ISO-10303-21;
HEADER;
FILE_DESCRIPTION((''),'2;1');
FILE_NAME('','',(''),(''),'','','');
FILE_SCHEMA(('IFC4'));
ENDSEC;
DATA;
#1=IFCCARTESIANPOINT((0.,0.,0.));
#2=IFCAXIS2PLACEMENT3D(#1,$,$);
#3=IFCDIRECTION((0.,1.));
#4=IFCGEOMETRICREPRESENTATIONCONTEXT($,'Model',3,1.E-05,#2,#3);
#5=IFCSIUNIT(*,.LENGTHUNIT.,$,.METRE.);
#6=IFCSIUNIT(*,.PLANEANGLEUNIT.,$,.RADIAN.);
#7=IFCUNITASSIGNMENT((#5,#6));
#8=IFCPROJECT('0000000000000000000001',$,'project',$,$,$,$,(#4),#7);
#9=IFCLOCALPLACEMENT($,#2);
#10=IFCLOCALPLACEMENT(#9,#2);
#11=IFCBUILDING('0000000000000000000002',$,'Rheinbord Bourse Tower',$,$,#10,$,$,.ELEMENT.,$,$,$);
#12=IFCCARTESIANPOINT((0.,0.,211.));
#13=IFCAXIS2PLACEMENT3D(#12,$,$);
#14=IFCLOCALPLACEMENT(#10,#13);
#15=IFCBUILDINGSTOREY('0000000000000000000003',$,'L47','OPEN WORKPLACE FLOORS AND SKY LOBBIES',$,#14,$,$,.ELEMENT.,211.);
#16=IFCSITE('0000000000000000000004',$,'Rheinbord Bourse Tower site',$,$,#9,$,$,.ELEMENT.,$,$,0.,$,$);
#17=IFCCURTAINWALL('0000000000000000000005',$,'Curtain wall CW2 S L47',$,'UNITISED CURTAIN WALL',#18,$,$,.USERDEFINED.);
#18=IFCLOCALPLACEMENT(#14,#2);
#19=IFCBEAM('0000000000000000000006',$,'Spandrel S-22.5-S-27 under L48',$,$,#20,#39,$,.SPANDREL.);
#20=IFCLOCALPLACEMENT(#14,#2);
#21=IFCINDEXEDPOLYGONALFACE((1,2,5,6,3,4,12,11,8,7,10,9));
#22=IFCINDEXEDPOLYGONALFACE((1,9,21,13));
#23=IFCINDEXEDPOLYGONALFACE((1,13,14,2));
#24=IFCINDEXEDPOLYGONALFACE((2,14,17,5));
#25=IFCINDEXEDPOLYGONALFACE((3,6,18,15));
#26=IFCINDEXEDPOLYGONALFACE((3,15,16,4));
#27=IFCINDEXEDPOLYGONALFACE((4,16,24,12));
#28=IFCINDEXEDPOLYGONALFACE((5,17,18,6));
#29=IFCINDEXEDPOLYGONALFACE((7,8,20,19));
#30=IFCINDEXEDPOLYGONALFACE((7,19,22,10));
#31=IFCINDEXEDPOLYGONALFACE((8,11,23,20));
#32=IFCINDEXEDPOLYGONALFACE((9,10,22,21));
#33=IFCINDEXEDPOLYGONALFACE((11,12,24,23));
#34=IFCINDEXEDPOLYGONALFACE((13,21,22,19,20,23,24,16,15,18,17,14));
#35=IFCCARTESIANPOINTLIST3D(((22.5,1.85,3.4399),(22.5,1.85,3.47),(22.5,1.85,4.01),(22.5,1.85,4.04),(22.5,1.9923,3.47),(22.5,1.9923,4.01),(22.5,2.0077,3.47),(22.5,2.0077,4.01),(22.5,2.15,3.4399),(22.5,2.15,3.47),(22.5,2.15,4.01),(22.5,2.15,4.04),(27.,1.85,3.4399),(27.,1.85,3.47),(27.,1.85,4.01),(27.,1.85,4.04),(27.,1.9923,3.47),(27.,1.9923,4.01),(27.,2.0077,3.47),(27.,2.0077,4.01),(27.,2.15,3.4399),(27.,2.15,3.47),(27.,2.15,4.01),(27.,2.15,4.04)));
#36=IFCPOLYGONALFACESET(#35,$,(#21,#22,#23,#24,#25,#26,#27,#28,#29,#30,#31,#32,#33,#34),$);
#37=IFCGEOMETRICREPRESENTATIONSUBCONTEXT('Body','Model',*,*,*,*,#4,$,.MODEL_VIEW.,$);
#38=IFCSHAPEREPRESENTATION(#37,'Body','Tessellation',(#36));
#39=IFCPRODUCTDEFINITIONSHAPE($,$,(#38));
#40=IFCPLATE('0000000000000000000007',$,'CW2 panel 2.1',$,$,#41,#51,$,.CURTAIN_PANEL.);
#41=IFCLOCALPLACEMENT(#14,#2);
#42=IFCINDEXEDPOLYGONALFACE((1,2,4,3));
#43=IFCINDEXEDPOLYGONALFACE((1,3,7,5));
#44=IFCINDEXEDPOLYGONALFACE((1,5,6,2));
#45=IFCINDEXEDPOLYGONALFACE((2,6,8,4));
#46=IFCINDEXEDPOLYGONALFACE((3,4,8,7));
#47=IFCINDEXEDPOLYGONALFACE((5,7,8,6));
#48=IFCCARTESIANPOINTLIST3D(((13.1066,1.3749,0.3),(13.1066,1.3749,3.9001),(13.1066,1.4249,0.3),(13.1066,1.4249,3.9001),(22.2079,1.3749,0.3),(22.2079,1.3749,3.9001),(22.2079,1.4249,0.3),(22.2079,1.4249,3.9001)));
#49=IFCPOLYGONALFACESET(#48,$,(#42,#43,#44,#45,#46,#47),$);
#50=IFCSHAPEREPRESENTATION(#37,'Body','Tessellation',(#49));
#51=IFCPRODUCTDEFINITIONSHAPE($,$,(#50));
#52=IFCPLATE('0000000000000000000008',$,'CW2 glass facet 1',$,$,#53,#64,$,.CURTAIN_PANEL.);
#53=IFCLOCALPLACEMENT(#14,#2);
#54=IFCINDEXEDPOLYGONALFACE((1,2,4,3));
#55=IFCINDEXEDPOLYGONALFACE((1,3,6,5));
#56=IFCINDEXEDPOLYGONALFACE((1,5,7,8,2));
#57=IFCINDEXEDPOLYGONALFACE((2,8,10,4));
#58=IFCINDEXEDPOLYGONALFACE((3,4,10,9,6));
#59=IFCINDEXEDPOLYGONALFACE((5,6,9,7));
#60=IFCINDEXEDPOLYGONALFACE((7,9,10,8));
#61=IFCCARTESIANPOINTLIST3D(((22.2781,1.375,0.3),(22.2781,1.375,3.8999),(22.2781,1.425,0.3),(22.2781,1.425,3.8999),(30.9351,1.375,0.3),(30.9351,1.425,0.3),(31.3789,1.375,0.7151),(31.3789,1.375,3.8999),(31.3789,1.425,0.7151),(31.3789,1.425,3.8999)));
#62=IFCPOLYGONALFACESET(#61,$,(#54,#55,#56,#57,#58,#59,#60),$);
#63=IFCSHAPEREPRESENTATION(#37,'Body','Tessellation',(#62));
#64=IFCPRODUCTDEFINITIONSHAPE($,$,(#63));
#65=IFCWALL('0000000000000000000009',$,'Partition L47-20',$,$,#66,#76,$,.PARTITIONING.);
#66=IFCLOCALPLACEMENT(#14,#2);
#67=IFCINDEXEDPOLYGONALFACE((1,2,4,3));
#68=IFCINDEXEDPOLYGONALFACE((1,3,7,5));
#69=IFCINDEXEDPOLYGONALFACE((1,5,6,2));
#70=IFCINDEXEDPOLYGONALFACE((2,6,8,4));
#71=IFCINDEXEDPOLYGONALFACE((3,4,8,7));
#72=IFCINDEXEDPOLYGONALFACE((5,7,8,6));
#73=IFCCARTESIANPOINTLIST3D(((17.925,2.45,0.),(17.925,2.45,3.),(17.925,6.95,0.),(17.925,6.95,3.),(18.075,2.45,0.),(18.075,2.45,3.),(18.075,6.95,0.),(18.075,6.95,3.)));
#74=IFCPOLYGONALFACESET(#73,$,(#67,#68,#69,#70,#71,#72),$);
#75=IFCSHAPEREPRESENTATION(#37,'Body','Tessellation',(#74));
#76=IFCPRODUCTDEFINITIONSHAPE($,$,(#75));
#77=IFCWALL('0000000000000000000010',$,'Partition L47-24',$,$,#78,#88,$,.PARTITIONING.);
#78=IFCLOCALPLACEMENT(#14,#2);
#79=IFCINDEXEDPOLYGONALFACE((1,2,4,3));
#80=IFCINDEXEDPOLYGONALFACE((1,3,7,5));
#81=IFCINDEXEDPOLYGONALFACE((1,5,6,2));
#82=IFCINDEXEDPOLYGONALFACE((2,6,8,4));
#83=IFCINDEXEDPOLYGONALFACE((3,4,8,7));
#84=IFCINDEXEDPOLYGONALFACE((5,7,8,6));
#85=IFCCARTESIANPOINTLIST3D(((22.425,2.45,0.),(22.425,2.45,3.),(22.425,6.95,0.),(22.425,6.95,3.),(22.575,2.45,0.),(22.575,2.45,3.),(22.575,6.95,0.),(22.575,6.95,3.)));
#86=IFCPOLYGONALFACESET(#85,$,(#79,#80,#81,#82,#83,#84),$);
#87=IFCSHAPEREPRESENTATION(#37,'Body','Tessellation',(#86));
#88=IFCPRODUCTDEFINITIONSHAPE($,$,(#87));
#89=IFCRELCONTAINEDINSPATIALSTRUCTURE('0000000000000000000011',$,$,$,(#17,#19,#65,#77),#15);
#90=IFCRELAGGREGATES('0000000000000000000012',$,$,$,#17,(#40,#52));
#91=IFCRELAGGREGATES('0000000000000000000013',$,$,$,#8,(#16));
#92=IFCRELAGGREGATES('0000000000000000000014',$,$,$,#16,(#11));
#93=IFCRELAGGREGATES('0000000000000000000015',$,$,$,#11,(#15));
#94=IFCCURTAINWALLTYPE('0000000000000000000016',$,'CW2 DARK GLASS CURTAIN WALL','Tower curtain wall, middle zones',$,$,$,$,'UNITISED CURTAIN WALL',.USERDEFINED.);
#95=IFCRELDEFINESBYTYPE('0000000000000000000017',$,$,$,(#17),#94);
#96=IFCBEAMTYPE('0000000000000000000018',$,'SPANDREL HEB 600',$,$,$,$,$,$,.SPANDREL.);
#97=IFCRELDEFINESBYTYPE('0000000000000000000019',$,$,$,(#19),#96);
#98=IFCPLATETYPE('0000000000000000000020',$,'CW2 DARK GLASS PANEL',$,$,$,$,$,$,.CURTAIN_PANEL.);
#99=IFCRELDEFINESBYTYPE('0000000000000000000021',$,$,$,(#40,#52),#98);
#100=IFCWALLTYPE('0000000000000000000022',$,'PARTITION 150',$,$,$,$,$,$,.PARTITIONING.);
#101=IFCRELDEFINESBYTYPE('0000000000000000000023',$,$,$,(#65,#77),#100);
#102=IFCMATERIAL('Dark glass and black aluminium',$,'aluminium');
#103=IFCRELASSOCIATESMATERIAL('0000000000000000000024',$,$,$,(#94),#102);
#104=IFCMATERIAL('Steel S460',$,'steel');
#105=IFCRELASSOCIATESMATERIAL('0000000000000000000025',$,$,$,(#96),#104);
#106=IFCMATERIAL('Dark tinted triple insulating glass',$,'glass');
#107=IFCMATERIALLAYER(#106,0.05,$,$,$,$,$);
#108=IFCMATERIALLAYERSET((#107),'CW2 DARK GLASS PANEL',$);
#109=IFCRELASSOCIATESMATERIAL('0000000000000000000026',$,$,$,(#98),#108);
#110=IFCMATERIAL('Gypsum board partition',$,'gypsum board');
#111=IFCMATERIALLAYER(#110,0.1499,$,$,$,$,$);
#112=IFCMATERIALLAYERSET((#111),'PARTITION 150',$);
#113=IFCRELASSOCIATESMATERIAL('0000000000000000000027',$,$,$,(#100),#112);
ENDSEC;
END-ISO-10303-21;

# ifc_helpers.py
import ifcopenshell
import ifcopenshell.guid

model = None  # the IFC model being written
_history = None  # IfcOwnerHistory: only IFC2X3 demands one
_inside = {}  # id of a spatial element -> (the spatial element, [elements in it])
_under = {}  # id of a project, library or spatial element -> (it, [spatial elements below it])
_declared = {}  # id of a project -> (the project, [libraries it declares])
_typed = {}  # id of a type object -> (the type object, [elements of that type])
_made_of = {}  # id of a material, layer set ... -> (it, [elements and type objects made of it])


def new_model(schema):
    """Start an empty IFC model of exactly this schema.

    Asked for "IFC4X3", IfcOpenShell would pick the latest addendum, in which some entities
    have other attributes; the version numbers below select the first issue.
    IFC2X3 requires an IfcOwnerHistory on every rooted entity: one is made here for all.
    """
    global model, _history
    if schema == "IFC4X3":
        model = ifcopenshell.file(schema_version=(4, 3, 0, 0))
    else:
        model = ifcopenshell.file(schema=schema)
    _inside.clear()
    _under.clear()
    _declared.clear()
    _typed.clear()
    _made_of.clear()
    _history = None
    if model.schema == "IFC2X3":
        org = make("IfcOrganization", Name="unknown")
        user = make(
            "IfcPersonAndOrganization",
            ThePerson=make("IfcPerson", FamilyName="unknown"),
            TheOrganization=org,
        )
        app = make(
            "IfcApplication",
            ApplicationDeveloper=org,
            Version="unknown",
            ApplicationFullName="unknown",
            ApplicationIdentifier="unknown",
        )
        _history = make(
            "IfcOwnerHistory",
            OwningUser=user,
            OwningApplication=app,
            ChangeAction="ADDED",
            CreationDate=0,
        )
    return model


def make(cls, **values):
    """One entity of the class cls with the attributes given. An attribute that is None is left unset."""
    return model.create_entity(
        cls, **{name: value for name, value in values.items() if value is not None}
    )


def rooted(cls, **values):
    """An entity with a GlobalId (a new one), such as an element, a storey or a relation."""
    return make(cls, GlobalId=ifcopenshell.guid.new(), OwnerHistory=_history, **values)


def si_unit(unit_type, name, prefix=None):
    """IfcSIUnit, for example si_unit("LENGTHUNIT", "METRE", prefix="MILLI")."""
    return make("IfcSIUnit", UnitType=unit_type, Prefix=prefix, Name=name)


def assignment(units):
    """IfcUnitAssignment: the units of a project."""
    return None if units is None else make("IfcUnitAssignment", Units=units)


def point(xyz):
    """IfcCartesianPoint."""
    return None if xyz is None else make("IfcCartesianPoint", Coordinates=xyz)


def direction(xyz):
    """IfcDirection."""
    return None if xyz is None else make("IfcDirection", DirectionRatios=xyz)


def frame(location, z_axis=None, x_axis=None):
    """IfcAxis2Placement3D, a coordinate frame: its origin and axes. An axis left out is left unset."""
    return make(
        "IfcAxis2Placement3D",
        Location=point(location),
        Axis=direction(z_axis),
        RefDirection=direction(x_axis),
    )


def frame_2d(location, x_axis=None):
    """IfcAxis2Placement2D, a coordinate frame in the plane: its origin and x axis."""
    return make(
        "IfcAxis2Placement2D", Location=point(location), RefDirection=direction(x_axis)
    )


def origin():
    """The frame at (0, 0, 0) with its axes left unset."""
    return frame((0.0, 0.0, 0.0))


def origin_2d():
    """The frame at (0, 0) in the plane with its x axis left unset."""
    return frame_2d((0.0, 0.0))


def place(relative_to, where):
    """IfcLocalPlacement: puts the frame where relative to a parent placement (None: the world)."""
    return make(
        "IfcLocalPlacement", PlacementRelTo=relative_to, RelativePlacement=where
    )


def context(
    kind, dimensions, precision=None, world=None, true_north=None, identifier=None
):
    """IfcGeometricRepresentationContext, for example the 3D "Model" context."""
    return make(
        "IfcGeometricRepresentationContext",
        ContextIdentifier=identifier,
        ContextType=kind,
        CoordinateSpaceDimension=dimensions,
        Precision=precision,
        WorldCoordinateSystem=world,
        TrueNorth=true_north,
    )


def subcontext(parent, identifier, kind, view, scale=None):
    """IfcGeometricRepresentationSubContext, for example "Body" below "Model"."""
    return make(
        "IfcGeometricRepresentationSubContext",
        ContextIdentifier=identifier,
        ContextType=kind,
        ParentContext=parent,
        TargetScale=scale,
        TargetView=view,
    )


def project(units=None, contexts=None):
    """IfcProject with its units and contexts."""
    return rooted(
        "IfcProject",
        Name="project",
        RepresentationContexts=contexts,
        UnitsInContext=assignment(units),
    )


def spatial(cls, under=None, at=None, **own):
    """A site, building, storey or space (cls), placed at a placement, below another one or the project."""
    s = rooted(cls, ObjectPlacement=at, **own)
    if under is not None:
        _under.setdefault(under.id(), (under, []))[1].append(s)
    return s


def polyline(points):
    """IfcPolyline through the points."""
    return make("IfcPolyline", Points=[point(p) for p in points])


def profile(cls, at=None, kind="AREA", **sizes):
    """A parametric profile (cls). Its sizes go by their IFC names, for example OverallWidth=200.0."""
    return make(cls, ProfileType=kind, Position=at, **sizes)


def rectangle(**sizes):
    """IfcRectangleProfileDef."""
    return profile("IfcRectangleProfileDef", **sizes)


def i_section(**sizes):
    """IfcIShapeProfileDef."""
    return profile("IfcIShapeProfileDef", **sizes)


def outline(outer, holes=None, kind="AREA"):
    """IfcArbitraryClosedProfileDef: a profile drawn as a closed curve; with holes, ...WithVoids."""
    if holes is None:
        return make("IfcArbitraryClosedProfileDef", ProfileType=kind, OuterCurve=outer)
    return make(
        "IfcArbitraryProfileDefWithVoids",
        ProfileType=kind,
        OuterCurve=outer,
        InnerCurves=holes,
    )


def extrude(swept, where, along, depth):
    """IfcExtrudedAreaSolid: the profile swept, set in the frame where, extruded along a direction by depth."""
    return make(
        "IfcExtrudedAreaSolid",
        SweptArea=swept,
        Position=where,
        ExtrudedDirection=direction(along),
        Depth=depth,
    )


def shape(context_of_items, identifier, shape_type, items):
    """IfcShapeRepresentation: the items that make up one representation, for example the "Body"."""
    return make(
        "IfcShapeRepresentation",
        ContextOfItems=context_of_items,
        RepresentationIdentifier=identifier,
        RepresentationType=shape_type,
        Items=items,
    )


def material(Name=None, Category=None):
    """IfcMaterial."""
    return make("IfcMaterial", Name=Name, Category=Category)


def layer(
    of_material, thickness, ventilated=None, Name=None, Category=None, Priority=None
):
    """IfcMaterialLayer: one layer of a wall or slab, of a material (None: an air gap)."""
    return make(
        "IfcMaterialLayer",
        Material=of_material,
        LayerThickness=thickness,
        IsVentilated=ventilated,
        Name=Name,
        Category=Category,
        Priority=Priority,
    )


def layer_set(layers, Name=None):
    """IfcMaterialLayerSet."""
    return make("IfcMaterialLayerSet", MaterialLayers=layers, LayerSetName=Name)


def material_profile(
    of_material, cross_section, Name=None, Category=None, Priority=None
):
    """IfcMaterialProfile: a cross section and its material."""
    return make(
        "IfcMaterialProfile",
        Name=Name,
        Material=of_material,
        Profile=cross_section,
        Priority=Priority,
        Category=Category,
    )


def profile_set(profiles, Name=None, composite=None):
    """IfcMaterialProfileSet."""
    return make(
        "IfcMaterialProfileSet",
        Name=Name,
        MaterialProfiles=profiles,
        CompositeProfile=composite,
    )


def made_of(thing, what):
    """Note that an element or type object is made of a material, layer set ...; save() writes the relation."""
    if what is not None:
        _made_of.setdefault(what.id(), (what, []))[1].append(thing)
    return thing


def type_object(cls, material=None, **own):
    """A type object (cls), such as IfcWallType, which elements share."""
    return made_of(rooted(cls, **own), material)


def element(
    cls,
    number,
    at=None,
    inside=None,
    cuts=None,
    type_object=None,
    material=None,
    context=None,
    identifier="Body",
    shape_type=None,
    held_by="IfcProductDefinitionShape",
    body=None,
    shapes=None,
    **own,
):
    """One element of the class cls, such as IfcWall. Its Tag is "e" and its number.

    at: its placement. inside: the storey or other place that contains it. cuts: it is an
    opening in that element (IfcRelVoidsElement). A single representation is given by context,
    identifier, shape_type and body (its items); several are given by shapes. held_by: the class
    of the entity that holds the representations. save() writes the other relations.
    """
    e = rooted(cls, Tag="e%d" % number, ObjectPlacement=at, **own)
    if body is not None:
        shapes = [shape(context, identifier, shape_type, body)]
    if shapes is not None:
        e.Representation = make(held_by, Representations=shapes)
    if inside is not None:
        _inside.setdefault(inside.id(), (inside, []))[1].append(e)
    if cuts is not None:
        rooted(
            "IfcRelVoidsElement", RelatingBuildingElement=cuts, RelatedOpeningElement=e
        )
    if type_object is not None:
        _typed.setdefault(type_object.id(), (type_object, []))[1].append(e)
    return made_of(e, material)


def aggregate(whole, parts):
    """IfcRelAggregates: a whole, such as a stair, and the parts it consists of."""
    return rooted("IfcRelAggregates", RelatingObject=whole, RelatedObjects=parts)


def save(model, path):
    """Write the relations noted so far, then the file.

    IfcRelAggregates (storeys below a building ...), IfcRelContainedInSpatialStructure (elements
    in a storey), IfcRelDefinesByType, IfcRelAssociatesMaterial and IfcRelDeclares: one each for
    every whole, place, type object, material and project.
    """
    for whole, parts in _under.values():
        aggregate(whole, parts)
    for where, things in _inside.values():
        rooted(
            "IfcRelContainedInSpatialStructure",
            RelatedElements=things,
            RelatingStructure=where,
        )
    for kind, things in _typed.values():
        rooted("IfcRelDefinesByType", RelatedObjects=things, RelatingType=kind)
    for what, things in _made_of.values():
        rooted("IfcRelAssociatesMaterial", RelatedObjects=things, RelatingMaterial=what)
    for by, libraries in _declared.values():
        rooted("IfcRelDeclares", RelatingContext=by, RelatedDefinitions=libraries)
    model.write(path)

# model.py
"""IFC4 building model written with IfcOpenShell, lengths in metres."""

from ifc_helpers import new_model, si_unit, direction, frame, frame_2d, origin, origin_2d, place, context, subcontext, project, spatial, polyline, rectangle, i_section, outline, extrude, material, layer, layer_set, material_profile, profile_set, type_object, element, aggregate, save


model = new_model("IFC4")

# Units and contexts
model_context = context("Model", 3, precision=1e-05, world=origin(), true_north=direction((0.0, 1.0)))
body_context = subcontext(model_context, "Body", "Model", "MODEL_VIEW")
ifc_project = project(units=[si_unit("LENGTHUNIT", "METRE"), si_unit("PLANEANGLEUNIT", "RADIAN")], contexts=[model_context])

# Site, building, storey
site_placement = place(None, origin())
site = spatial("IfcSite", under=ifc_project, at=site_placement, Name="Rheinbord Bourse Tower site", CompositionType="ELEMENT", RefElevation=0.0)
building_placement = place(site_placement, origin())
building = spatial("IfcBuilding", under=site, at=building_placement, Name="Rheinbord Bourse Tower", CompositionType="ELEMENT")
storey_placement = place(building_placement, frame((0.0, 0.0, 211.0)))
storey = spatial("IfcBuildingStorey", under=building, at=storey_placement, Name="L47", Description="OPEN WORKPLACE FLOORS AND SKY LOBBIES", CompositionType="ELEMENT", Elevation=211.0)

# Curtain wall
ifc_material_1 = material(Name="Dark glass and black aluminium", Category="aluminium")
curtain_wall_type = type_object("IfcCurtainWallType", Name="CW2 DARK GLASS CURTAIN WALL", Description="Tower curtain wall, middle zones", ElementType="UNITISED CURTAIN WALL", PredefinedType="USERDEFINED", material=ifc_material_1)
curtain_wall_placement = place(storey_placement, origin())
curtain_wall = element("IfcCurtainWall", 1, at=curtain_wall_placement, inside=storey, type_object=curtain_wall_type, Name="Curtain wall CW2 S L47", ObjectType="UNITISED CURTAIN WALL", PredefinedType="USERDEFINED")

# Beam
ifc_material_2 = material(Name="Steel S460", Category="steel")
ifc_material_profile_1 = material_profile(ifc_material_2, i_section(OverallWidth=0.3, OverallDepth=0.6001, WebThickness=0.0154, FlangeThickness=0.03, at=origin_2d()), Name="HEB 600")
ifc_profile_set_1 = profile_set([ifc_material_profile_1], Name="Steel S460")
beam_type_1 = type_object("IfcBeamType", Name="SPANDREL HEB 600", PredefinedType="SPANDREL", material=ifc_profile_set_1)
for number, where, z_axis, x_axis, name in (
    (2, (22.5, 2.0, 3.74), (1.0, 0.0, 0.0), (0.0, 1.0, 0.0), "Spandrel S-22.5-S-27 under L48"),
):
    element("IfcBeam", number, at=place(storey_placement, frame(where, z_axis=z_axis, x_axis=x_axis)), inside=storey, type_object=beam_type_1, Name=name, PredefinedType="SPANDREL", context=body_context, shape_type="SweptSolid", body=[
        extrude(i_section(OverallWidth=0.3, OverallDepth=0.6001, WebThickness=0.0154, FlangeThickness=0.03, at=origin_2d()), origin(), (0.0, 0.0, 1.0), 4.5),
    ])

# Plates
ifc_material_3 = material(Name="Dark tinted triple insulating glass", Category="glass")
ifc_layer_1 = layer(ifc_material_3, 0.05)
ifc_layer_set_1 = layer_set([ifc_layer_1], Name="CW2 DARK GLASS PANEL")
plate_type = type_object("IfcPlateType", Name="CW2 DARK GLASS PANEL", PredefinedType="CURTAIN_PANEL", material=ifc_layer_set_1)
plate_1_placement = place(storey_placement, frame((17.6572, 1.3999, 0.3), z_axis=(0.0, 0.0, 1.0), x_axis=(1.0, 0.0, 0.0)))
plate_1 = element("IfcPlate", 3, at=plate_1_placement, type_object=plate_type, Name="CW2 panel 2.1", PredefinedType="CURTAIN_PANEL", context=body_context, shape_type="SweptSolid", body=[
    extrude(rectangle(XDim=9.1013, YDim=0.05, at=origin_2d()), origin(), (0.0, 0.0, 1.0), 3.6001),
])
plate_2_placement = place(storey_placement, frame((22.2781, 1.375, 0.3), z_axis=(0.0, 1.0, 0.0), x_axis=(0.0, 0.0, 1.0)))
plate_2 = element("IfcPlate", 4, at=plate_2_placement, type_object=plate_type, Name="CW2 glass facet 1", PredefinedType="CURTAIN_PANEL", context=body_context, shape_type="SweptSolid", body=[
    extrude(outline(polyline([(0.0, 0.0), (3.5999, 0.0), (3.5999, 9.1008), (0.415, 9.1008), (0.0, 8.657), (0.0, 0.0)])), origin(), (0.0, 0.0, 1.0), 0.05),
])
aggregate(curtain_wall, [plate_1, plate_2])

# Walls
ifc_material_4 = material(Name="Gypsum board partition", Category="gypsum board")
ifc_layer_2 = layer(ifc_material_4, 0.1499)
ifc_layer_set_2 = layer_set([ifc_layer_2], Name="PARTITION 150")
wall_type = type_object("IfcWallType", Name="PARTITION 150", PredefinedType="PARTITIONING", material=ifc_layer_set_2)
for number, where, z_axis, x_axis, name in (
    (5, (18.0, 2.45, 0.0), (0.0, 0.0, 1.0), (0.0, 1.0, 0.0), "Partition L47-20"),
    (6, (22.5, 2.45, 0.0), (0.0, 0.0, 1.0), (0.0, 1.0, 0.0), "Partition L47-24"),
):
    element("IfcWall", number, at=place(storey_placement, frame(where, z_axis=z_axis, x_axis=x_axis)), inside=storey, type_object=wall_type, Name=name, PredefinedType="PARTITIONING", context=body_context, shape_type="SweptSolid", body=[
        extrude(rectangle(XDim=4.5, YDim=0.1499, at=frame_2d((2.25, 0.0))), origin(), (0.0, 0.0, 1.0), 3.0),
    ])

save(model, "model.ifc")
